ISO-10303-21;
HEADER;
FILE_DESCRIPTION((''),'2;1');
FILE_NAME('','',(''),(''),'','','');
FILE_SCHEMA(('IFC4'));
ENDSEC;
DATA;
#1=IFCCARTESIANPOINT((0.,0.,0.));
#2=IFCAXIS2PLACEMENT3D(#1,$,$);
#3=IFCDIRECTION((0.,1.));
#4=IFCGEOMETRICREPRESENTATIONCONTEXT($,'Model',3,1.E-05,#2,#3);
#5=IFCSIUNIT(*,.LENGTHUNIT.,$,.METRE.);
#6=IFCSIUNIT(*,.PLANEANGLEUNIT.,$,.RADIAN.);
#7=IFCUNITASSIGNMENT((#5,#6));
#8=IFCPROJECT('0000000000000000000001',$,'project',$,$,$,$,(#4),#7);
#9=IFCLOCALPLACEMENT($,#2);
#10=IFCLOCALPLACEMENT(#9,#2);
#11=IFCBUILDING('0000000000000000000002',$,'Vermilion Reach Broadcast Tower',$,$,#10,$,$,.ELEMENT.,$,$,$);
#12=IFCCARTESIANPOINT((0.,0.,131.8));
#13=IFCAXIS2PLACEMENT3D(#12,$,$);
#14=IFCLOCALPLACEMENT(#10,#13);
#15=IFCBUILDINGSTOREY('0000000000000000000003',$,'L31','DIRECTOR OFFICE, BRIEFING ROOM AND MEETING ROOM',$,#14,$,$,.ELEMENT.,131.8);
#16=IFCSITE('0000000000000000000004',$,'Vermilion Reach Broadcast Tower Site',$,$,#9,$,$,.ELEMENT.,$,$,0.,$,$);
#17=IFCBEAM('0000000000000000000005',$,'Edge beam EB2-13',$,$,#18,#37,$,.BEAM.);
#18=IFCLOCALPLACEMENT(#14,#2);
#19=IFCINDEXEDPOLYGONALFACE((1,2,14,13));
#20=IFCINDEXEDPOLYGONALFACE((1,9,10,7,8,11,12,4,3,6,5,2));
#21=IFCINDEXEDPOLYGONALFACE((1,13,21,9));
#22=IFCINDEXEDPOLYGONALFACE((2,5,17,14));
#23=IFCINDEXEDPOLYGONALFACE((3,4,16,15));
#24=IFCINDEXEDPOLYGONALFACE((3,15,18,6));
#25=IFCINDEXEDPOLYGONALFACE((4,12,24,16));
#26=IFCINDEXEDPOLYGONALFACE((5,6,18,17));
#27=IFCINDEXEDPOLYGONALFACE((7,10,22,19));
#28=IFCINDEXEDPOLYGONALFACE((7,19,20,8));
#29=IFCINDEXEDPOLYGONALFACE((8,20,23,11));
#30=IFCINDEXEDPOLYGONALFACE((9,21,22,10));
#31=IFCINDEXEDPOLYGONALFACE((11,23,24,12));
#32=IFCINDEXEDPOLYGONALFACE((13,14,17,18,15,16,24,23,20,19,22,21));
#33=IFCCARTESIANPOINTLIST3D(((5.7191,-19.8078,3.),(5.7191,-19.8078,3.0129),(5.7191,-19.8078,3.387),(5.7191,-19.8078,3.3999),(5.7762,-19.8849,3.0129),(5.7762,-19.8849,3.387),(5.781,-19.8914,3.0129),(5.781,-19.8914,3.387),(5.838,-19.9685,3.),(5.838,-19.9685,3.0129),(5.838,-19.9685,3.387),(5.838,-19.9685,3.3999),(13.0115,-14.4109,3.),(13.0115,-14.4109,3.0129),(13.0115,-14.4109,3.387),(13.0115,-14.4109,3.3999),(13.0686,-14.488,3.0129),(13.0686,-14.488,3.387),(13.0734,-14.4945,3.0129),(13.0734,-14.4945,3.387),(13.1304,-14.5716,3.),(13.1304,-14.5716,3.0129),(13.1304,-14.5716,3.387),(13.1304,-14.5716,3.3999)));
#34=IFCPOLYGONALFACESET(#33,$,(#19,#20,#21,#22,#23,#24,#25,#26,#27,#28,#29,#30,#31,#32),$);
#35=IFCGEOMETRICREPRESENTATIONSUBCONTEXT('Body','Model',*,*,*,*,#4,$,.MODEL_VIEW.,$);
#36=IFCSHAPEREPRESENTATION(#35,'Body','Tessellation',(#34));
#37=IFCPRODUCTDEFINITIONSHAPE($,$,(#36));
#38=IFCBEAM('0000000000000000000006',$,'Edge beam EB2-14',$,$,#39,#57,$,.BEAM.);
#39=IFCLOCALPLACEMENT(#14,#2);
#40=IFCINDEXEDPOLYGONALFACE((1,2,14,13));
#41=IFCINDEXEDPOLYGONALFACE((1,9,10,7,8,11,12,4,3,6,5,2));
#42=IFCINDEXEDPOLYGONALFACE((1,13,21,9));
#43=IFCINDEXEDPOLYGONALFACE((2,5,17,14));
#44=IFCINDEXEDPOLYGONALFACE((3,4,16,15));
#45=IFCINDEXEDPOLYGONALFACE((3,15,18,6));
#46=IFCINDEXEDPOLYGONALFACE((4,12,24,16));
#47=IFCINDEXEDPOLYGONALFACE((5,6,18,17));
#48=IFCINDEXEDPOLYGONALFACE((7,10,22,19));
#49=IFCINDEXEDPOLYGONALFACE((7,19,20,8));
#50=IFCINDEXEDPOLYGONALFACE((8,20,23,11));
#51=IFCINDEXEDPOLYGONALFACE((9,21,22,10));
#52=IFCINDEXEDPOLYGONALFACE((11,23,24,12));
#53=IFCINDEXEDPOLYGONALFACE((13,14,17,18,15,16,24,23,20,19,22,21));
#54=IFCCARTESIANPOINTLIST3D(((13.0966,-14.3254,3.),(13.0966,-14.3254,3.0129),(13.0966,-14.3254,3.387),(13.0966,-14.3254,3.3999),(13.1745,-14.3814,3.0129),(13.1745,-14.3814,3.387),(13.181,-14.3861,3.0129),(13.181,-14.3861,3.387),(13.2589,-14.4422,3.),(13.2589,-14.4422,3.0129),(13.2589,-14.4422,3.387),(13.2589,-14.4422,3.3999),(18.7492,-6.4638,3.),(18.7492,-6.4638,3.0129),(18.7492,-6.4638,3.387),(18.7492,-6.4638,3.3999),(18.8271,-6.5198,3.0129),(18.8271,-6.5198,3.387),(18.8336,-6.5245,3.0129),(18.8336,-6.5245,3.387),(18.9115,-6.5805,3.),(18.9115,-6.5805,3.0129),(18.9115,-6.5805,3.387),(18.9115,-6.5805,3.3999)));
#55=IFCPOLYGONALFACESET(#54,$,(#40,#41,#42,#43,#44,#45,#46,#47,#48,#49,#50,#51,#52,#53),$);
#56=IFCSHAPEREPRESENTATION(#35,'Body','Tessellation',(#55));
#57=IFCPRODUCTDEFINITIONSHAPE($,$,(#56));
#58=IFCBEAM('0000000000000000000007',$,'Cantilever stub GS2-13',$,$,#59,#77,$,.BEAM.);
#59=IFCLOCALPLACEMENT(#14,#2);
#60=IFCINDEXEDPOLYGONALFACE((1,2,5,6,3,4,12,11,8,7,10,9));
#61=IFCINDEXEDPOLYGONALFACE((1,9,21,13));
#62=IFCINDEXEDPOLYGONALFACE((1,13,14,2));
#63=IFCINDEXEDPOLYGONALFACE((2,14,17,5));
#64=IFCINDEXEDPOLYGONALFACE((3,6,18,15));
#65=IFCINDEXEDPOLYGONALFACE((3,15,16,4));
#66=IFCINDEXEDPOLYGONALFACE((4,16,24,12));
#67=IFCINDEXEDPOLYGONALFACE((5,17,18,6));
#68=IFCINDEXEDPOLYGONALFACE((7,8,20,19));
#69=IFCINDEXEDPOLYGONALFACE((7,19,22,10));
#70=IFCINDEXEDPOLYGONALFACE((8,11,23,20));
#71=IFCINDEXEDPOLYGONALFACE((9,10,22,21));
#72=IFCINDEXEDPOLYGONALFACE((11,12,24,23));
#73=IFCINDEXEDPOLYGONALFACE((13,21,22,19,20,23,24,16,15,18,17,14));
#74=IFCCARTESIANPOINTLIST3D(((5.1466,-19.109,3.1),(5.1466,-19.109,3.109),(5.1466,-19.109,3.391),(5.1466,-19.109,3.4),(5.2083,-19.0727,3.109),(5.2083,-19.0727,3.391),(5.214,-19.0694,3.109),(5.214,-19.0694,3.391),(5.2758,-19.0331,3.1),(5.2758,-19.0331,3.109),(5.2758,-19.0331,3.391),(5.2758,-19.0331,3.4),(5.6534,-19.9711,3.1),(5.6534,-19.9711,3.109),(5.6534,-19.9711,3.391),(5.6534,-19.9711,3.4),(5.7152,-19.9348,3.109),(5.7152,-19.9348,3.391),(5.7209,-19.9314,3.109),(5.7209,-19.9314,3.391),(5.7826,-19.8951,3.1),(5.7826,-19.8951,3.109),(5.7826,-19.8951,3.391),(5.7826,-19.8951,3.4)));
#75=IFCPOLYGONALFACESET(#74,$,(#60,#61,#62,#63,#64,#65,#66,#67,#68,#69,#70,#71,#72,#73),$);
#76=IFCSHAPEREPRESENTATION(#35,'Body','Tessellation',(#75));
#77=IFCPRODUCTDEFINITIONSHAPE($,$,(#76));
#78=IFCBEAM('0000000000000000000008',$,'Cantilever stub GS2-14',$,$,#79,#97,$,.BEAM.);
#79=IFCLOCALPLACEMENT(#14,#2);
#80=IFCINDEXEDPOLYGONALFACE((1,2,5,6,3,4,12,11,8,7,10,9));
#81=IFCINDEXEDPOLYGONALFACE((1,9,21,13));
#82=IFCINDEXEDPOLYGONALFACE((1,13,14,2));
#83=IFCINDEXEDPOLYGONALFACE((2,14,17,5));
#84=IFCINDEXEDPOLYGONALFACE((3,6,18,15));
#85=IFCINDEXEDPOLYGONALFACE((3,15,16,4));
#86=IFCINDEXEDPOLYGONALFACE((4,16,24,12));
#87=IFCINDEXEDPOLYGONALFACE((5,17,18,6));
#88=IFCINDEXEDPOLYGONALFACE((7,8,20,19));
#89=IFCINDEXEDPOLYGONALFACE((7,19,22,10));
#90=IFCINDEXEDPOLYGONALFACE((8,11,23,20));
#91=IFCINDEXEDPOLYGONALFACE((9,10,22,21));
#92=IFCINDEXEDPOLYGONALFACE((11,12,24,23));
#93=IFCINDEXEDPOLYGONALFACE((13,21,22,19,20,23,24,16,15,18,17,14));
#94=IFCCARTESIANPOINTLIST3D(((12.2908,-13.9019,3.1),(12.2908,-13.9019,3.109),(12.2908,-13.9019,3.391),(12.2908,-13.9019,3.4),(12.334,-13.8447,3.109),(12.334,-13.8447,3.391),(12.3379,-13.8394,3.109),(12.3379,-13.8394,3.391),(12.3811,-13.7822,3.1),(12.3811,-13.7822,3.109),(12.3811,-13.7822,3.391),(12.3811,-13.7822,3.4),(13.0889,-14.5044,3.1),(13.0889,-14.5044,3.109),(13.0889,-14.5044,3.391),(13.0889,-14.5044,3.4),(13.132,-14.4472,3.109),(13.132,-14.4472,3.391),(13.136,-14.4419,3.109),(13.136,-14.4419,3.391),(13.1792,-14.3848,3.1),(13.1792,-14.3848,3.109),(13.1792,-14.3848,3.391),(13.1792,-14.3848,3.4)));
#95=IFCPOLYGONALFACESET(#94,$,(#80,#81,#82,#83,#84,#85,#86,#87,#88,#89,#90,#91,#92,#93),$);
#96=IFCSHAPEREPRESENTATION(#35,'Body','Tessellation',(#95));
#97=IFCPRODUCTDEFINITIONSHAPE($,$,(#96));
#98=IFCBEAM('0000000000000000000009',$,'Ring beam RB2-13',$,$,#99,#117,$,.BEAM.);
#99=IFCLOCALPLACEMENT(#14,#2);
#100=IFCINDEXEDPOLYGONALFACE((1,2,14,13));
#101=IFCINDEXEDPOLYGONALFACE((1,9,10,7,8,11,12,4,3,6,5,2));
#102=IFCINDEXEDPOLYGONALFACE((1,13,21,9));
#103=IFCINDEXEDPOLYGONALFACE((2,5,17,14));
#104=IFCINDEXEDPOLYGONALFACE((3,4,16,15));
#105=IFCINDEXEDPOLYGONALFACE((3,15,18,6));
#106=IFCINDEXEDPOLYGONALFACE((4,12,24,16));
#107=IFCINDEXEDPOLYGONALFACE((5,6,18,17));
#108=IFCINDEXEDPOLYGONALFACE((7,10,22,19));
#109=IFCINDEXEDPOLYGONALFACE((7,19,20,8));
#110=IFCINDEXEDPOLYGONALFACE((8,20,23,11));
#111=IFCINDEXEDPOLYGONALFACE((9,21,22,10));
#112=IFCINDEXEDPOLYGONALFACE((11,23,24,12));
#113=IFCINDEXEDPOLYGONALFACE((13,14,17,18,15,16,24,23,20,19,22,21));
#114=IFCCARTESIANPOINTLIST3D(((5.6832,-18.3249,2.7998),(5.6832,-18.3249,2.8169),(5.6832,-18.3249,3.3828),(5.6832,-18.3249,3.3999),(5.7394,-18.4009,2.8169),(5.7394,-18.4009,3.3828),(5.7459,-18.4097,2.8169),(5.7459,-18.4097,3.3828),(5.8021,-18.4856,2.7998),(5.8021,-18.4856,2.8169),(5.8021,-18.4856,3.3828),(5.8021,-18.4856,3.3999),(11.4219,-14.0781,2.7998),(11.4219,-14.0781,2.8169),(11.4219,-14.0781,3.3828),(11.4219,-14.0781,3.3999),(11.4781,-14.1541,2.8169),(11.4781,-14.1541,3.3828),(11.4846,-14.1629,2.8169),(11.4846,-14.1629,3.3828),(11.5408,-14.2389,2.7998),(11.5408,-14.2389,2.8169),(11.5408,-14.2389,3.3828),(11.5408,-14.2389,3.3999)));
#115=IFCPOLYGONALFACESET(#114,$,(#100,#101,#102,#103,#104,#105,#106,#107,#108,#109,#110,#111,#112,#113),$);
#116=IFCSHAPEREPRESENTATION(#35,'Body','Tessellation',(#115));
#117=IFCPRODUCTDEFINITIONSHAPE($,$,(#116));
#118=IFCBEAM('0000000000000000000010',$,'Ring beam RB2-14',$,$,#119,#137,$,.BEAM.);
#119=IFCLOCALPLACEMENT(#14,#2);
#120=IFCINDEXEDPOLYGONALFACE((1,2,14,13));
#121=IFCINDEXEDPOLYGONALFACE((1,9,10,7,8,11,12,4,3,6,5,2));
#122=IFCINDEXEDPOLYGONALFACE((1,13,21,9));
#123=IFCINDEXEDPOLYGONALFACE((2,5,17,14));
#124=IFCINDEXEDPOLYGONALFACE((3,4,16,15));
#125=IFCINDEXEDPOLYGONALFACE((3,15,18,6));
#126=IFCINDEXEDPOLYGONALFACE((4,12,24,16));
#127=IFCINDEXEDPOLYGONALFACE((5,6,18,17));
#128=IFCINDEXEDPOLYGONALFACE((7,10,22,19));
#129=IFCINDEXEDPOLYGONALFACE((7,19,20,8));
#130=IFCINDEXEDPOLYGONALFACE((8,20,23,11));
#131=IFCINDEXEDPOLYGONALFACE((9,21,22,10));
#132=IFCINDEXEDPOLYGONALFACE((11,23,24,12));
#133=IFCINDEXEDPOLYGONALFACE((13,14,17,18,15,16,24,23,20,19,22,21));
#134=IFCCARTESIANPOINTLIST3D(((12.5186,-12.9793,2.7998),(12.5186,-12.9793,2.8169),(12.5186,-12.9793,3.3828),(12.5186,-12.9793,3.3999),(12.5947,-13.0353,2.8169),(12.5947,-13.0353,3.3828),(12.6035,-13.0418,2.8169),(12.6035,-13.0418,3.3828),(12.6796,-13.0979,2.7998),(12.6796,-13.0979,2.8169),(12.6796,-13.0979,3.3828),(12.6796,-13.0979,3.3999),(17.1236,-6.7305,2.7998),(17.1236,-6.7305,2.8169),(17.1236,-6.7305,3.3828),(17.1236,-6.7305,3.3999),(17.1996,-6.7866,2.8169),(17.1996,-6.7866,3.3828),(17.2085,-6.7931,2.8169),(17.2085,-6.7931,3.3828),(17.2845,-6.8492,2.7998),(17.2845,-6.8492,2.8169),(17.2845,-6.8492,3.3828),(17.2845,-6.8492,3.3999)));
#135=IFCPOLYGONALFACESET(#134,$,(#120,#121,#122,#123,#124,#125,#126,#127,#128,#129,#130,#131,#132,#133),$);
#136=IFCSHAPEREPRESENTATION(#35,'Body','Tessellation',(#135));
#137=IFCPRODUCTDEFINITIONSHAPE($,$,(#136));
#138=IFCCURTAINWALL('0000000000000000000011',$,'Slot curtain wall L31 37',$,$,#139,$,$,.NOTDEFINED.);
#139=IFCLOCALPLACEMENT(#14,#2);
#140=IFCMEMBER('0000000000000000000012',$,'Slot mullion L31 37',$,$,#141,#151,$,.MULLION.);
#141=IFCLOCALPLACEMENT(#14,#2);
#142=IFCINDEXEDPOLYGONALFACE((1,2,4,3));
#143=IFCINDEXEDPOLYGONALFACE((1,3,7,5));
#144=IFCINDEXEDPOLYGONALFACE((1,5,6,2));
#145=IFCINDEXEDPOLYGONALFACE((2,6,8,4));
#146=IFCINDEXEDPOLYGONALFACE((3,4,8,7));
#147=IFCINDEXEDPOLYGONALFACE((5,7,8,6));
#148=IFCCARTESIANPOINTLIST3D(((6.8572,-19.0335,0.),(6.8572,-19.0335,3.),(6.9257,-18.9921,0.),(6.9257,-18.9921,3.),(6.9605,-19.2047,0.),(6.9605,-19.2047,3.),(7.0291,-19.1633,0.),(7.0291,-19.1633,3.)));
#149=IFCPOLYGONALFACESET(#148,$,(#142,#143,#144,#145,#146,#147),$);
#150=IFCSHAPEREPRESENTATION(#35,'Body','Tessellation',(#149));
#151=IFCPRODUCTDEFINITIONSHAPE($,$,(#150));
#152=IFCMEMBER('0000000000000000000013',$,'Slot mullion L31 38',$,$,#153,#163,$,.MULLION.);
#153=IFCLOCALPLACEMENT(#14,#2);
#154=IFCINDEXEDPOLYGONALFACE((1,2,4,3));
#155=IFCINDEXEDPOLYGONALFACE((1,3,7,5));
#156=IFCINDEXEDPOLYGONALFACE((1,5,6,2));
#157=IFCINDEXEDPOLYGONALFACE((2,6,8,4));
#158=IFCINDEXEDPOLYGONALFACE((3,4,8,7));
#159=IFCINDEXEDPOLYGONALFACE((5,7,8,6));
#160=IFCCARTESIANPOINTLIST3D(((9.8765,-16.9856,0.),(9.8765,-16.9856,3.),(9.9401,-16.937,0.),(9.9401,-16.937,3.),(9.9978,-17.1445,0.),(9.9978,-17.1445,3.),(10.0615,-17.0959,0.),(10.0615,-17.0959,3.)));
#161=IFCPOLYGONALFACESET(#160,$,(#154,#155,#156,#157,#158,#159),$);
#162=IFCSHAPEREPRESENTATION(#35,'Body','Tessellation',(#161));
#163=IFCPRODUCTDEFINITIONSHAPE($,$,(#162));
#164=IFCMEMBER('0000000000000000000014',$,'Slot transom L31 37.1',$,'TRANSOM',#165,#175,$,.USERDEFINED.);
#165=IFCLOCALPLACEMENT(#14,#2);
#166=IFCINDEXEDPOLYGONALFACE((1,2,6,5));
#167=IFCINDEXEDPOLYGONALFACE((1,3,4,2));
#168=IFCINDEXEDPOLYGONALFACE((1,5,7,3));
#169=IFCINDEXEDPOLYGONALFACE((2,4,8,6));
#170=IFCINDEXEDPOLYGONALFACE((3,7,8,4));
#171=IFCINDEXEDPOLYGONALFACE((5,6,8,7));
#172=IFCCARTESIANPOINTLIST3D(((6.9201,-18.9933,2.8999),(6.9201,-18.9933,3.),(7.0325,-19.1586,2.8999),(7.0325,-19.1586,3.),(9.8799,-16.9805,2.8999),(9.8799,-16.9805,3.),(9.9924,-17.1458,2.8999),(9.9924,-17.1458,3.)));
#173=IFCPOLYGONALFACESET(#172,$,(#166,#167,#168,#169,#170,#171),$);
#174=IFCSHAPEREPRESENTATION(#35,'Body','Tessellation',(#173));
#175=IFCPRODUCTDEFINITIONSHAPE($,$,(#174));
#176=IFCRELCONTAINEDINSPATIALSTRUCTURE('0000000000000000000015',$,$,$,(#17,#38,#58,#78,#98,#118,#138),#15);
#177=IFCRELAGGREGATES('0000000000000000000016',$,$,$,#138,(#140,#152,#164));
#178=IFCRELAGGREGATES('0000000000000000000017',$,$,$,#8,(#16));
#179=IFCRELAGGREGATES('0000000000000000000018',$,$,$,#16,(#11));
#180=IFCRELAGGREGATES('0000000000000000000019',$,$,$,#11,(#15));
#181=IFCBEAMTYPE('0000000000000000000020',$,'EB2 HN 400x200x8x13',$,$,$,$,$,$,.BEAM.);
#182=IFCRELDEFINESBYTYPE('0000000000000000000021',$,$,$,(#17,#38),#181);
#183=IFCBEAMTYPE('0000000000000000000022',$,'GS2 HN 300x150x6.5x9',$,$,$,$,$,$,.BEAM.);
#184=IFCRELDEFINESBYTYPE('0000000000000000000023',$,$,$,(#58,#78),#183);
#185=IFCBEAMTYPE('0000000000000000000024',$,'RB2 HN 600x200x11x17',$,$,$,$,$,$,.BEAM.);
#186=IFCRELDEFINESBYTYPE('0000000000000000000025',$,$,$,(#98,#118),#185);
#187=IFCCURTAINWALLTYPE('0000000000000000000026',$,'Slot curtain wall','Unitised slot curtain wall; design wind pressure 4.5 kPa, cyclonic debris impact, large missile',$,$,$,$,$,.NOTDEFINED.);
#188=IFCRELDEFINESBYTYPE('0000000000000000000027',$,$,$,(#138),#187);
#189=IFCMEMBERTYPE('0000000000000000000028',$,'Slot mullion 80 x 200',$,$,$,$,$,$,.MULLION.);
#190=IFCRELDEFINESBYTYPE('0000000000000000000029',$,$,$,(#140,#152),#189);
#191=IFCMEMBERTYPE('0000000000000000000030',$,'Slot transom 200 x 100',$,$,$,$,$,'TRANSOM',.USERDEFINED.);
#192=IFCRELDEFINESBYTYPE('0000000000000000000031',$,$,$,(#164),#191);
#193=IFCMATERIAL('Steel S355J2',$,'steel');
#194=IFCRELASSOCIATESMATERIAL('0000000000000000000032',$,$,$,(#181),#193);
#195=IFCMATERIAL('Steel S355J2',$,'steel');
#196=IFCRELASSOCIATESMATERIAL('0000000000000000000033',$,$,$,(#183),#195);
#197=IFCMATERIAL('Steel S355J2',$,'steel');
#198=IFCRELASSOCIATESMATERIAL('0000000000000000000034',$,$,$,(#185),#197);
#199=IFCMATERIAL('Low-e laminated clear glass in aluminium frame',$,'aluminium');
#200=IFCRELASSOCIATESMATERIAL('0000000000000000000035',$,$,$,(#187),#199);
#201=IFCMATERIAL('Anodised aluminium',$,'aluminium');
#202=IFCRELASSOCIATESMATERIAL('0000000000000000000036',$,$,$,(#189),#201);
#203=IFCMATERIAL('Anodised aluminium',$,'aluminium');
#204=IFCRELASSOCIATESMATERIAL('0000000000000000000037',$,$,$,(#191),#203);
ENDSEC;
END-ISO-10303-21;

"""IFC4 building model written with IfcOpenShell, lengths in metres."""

from ifc_helpers import new_model, si_unit, direction, frame, origin, origin_2d, place, context, subcontext, project, spatial, rectangle, i_section, extrude, material, material_profile, profile_set, type_object, element, aggregate, save


model = new_model("IFC4")

# Units and contexts
model_context = context("Model", 3, precision=1e-05, world=origin(), true_north=direction((0.0, 1.0)))
body_context = subcontext(model_context, "Body", "Model", "MODEL_VIEW")
ifc_project = project(units=[si_unit("LENGTHUNIT", "METRE"), si_unit("PLANEANGLEUNIT", "RADIAN")], contexts=[model_context])

# Site, building, storey
site_placement = place(None, origin())
site = spatial("IfcSite", under=ifc_project, at=site_placement, Name="Vermilion Reach Broadcast Tower Site", CompositionType="ELEMENT", RefElevation=0.0)
building_placement = place(site_placement, origin())
building = spatial("IfcBuilding", under=site, at=building_placement, Name="Vermilion Reach Broadcast Tower", CompositionType="ELEMENT")
storey_placement = place(building_placement, frame((0.0, 0.0, 131.8)))
storey = spatial("IfcBuildingStorey", under=building, at=storey_placement, Name="L31", Description="DIRECTOR OFFICE, BRIEFING ROOM AND MEETING ROOM", CompositionType="ELEMENT", Elevation=131.8)

# Beams
ifc_material_1 = material(Name="Steel S355J2", Category="steel")
ifc_material_profile_1 = material_profile(ifc_material_1, i_section(OverallWidth=0.2, OverallDepth=0.3999, WebThickness=0.0081, FlangeThickness=0.0129, at=origin_2d()), Name="S355J2 HN 400x200x8x13")
ifc_profile_set_1 = profile_set([ifc_material_profile_1], Name="Steel S355J2")
beam_type_1 = type_object("IfcBeamType", Name="EB2 HN 400x200x8x13", PredefinedType="BEAM", material=ifc_profile_set_1)
beam_1_placement = place(storey_placement, frame((5.7786, -19.8882, 3.2), z_axis=(0.803814, 0.594881, 0.0), x_axis=(-0.594881, 0.803814, 0.0)))
element("IfcBeam", 1, at=beam_1_placement, inside=storey, type_object=beam_type_1, Name="Edge beam EB2-13", PredefinedType="BEAM", context=body_context, shape_type="SweptSolid", body=[
    extrude(i_section(OverallWidth=0.2, OverallDepth=0.3999, WebThickness=0.0081, FlangeThickness=0.0129, at=origin_2d()), origin(), (0.0, 0.0, 1.0), 9.0723),
])
beam_2_placement = place(storey_placement, frame((13.1777, -14.3838, 3.2), z_axis=(0.583778, 0.811913, 0.0), x_axis=(-0.811913, 0.583778, 0.0)))
element("IfcBeam", 2, at=beam_2_placement, inside=storey, type_object=beam_type_1, Name="Edge beam EB2-14", PredefinedType="BEAM", context=body_context, shape_type="SweptSolid", body=[
    extrude(i_section(OverallWidth=0.2, OverallDepth=0.3999, WebThickness=0.0081, FlangeThickness=0.0129, at=origin_2d()), origin(), (0.0, 0.0, 1.0), 9.6829),
])
ifc_material_2 = material(Name="Steel S355J2", Category="steel")
ifc_material_profile_2 = material_profile(ifc_material_2, i_section(OverallWidth=0.1499, OverallDepth=0.3, WebThickness=0.0066, FlangeThickness=0.009, at=origin_2d()), Name="S355J2 HN 300x150x6.5x9")
ifc_profile_set_2 = profile_set([ifc_material_profile_2], Name="Steel S355J2")
beam_type_2 = type_object("IfcBeamType", Name="GS2 HN 300x150x6.5x9", PredefinedType="BEAM", material=ifc_profile_set_2)
for number, where, z_axis, x_axis, name in (
    (3, (5.2112, -19.071, 3.25), (0.506828, -0.862047, 0.0), (0.862047, 0.506828, 0.0), "Cantilever stub GS2-13"),
    (4, (12.3359, -13.842, 3.25), (0.798092, -0.602536, 0.0), (0.602536, 0.798092, 0.0), "Cantilever stub GS2-14"),
):
    element("IfcBeam", number, at=place(storey_placement, frame(where, z_axis=z_axis, x_axis=x_axis)), inside=storey, type_object=beam_type_2, Name=name, PredefinedType="BEAM", context=body_context, shape_type="SweptSolid", body=[
        extrude(i_section(OverallWidth=0.1499, OverallDepth=0.3, WebThickness=0.0066, FlangeThickness=0.009, at=origin_2d()), origin(), (0.0, 0.0, 1.0), 1.0),
    ])
ifc_material_3 = material(Name="Steel S355J2", Category="steel")
ifc_material_profile_3 = material_profile(ifc_material_3, i_section(OverallWidth=0.2, OverallDepth=0.6001, WebThickness=0.011, FlangeThickness=0.0171, at=origin_2d()), Name="S355J2 HN 600x200x11x17")
ifc_profile_set_3 = profile_set([ifc_material_profile_3], Name="Steel S355J2")
beam_type_3 = type_object("IfcBeamType", Name="RB2 HN 600x200x11x17", PredefinedType="BEAM", material=ifc_profile_set_3)
beam_3_placement = place(storey_placement, frame((5.7427, -18.4053, 3.0999), z_axis=(0.803833, 0.594855, 0.0), x_axis=(-0.594855, 0.803833, 0.0)))
element("IfcBeam", 5, at=beam_3_placement, inside=storey, type_object=beam_type_3, Name="Ring beam RB2-13", PredefinedType="BEAM", context=body_context, shape_type="SweptSolid", body=[
    extrude(i_section(OverallWidth=0.2, OverallDepth=0.6001, WebThickness=0.011, FlangeThickness=0.0171, at=origin_2d()), origin(), (0.0, 0.0, 1.0), 7.1392),
])
beam_4_placement = place(storey_placement, frame((12.5991, -13.0386, 3.0999), z_axis=(0.593251, 0.805018, 0.0), x_axis=(-0.805018, 0.593251, 0.0)))
element("IfcBeam", 6, at=beam_4_placement, inside=storey, type_object=beam_type_3, Name="Ring beam RB2-14", PredefinedType="BEAM", context=body_context, shape_type="SweptSolid", body=[
    extrude(i_section(OverallWidth=0.2, OverallDepth=0.6001, WebThickness=0.011, FlangeThickness=0.0171, at=origin_2d()), origin(), (0.0, 0.0, 1.0), 7.7622),
])

# Curtain wall, members
ifc_material_4 = material(Name="Low-e laminated clear glass in aluminium frame", Category="aluminium")
curtain_wall_type = type_object("IfcCurtainWallType", Name="Slot curtain wall", Description="Unitised slot curtain wall; design wind pressure 4.5 kPa, cyclonic debris impact, large missile", PredefinedType="NOTDEFINED", material=ifc_material_4)
placement = place(storey_placement, origin())
curtain_wall_1 = element("IfcCurtainWall", 7, at=placement, inside=storey, type_object=curtain_wall_type, Name="Slot curtain wall L31 37", PredefinedType="NOTDEFINED")
ifc_material_5 = material(Name="Anodised aluminium", Category="aluminium")
ifc_material_profile_4 = material_profile(ifc_material_5, rectangle(XDim=0.2, YDim=0.0801, at=origin_2d()), Name="Slot mullion 80 x 200")
ifc_profile_set_4 = profile_set([ifc_material_profile_4], Name="Anodised aluminium")
member_type_1 = type_object("IfcMemberType", Name="Slot mullion 80 x 200", PredefinedType="MULLION", material=ifc_profile_set_4)
member_1_placement = place(storey_placement, frame((6.9431, -19.0984, 0.0), z_axis=(0.0, 0.0, 1.0), x_axis=(-0.516921, 0.856033, 0.0)))
member_1 = element("IfcMember", 8, at=member_1_placement, type_object=member_type_1, Name="Slot mullion L31 37", PredefinedType="MULLION", context=body_context, shape_type="SweptSolid", body=[
    extrude(rectangle(XDim=0.2, YDim=0.0801, at=origin_2d()), origin(), (0.0, 0.0, 1.0), 3.0),
])
member_2_placement = place(storey_placement, frame((9.969, -17.0408, 0.0), z_axis=(0.0, 0.0, 1.0), x_axis=(-0.606835, 0.794828, 0.0)))
member_2 = element("IfcMember", 9, at=member_2_placement, type_object=member_type_1, Name="Slot mullion L31 38", PredefinedType="MULLION", context=body_context, shape_type="SweptSolid", body=[
    extrude(rectangle(XDim=0.2, YDim=0.0801, at=origin_2d()), origin(), (0.0, 0.0, 1.0), 3.0),
])
ifc_material_6 = material(Name="Anodised aluminium", Category="aluminium")
ifc_material_profile_5 = material_profile(ifc_material_6, rectangle(XDim=0.2, YDim=0.1001, at=origin_2d()), Name="Slot transom 200 x 100")
ifc_profile_set_5 = profile_set([ifc_material_profile_5], Name="Anodised aluminium")
member_type_2 = type_object("IfcMemberType", Name="Slot transom 200 x 100", ElementType="TRANSOM", PredefinedType="USERDEFINED", material=ifc_profile_set_5)
member_3_placement = place(storey_placement, frame((6.9763, -19.0759, 2.95), z_axis=(0.826915, 0.562327, 0.0), x_axis=(-0.562327, 0.826915, 0.0)))
member_3 = element("IfcMember", 10, at=member_3_placement, type_object=member_type_2, Name="Slot transom L31 37.1", ObjectType="TRANSOM", PredefinedType="USERDEFINED", context=body_context, shape_type="SweptSolid", body=[
    extrude(rectangle(XDim=0.2, YDim=0.1001, at=origin_2d()), origin(), (0.0, 0.0, 1.0), 3.5793),
])

aggregate(curtain_wall_1, [member_1, member_2, member_3])

save(model, "model.ifc")
